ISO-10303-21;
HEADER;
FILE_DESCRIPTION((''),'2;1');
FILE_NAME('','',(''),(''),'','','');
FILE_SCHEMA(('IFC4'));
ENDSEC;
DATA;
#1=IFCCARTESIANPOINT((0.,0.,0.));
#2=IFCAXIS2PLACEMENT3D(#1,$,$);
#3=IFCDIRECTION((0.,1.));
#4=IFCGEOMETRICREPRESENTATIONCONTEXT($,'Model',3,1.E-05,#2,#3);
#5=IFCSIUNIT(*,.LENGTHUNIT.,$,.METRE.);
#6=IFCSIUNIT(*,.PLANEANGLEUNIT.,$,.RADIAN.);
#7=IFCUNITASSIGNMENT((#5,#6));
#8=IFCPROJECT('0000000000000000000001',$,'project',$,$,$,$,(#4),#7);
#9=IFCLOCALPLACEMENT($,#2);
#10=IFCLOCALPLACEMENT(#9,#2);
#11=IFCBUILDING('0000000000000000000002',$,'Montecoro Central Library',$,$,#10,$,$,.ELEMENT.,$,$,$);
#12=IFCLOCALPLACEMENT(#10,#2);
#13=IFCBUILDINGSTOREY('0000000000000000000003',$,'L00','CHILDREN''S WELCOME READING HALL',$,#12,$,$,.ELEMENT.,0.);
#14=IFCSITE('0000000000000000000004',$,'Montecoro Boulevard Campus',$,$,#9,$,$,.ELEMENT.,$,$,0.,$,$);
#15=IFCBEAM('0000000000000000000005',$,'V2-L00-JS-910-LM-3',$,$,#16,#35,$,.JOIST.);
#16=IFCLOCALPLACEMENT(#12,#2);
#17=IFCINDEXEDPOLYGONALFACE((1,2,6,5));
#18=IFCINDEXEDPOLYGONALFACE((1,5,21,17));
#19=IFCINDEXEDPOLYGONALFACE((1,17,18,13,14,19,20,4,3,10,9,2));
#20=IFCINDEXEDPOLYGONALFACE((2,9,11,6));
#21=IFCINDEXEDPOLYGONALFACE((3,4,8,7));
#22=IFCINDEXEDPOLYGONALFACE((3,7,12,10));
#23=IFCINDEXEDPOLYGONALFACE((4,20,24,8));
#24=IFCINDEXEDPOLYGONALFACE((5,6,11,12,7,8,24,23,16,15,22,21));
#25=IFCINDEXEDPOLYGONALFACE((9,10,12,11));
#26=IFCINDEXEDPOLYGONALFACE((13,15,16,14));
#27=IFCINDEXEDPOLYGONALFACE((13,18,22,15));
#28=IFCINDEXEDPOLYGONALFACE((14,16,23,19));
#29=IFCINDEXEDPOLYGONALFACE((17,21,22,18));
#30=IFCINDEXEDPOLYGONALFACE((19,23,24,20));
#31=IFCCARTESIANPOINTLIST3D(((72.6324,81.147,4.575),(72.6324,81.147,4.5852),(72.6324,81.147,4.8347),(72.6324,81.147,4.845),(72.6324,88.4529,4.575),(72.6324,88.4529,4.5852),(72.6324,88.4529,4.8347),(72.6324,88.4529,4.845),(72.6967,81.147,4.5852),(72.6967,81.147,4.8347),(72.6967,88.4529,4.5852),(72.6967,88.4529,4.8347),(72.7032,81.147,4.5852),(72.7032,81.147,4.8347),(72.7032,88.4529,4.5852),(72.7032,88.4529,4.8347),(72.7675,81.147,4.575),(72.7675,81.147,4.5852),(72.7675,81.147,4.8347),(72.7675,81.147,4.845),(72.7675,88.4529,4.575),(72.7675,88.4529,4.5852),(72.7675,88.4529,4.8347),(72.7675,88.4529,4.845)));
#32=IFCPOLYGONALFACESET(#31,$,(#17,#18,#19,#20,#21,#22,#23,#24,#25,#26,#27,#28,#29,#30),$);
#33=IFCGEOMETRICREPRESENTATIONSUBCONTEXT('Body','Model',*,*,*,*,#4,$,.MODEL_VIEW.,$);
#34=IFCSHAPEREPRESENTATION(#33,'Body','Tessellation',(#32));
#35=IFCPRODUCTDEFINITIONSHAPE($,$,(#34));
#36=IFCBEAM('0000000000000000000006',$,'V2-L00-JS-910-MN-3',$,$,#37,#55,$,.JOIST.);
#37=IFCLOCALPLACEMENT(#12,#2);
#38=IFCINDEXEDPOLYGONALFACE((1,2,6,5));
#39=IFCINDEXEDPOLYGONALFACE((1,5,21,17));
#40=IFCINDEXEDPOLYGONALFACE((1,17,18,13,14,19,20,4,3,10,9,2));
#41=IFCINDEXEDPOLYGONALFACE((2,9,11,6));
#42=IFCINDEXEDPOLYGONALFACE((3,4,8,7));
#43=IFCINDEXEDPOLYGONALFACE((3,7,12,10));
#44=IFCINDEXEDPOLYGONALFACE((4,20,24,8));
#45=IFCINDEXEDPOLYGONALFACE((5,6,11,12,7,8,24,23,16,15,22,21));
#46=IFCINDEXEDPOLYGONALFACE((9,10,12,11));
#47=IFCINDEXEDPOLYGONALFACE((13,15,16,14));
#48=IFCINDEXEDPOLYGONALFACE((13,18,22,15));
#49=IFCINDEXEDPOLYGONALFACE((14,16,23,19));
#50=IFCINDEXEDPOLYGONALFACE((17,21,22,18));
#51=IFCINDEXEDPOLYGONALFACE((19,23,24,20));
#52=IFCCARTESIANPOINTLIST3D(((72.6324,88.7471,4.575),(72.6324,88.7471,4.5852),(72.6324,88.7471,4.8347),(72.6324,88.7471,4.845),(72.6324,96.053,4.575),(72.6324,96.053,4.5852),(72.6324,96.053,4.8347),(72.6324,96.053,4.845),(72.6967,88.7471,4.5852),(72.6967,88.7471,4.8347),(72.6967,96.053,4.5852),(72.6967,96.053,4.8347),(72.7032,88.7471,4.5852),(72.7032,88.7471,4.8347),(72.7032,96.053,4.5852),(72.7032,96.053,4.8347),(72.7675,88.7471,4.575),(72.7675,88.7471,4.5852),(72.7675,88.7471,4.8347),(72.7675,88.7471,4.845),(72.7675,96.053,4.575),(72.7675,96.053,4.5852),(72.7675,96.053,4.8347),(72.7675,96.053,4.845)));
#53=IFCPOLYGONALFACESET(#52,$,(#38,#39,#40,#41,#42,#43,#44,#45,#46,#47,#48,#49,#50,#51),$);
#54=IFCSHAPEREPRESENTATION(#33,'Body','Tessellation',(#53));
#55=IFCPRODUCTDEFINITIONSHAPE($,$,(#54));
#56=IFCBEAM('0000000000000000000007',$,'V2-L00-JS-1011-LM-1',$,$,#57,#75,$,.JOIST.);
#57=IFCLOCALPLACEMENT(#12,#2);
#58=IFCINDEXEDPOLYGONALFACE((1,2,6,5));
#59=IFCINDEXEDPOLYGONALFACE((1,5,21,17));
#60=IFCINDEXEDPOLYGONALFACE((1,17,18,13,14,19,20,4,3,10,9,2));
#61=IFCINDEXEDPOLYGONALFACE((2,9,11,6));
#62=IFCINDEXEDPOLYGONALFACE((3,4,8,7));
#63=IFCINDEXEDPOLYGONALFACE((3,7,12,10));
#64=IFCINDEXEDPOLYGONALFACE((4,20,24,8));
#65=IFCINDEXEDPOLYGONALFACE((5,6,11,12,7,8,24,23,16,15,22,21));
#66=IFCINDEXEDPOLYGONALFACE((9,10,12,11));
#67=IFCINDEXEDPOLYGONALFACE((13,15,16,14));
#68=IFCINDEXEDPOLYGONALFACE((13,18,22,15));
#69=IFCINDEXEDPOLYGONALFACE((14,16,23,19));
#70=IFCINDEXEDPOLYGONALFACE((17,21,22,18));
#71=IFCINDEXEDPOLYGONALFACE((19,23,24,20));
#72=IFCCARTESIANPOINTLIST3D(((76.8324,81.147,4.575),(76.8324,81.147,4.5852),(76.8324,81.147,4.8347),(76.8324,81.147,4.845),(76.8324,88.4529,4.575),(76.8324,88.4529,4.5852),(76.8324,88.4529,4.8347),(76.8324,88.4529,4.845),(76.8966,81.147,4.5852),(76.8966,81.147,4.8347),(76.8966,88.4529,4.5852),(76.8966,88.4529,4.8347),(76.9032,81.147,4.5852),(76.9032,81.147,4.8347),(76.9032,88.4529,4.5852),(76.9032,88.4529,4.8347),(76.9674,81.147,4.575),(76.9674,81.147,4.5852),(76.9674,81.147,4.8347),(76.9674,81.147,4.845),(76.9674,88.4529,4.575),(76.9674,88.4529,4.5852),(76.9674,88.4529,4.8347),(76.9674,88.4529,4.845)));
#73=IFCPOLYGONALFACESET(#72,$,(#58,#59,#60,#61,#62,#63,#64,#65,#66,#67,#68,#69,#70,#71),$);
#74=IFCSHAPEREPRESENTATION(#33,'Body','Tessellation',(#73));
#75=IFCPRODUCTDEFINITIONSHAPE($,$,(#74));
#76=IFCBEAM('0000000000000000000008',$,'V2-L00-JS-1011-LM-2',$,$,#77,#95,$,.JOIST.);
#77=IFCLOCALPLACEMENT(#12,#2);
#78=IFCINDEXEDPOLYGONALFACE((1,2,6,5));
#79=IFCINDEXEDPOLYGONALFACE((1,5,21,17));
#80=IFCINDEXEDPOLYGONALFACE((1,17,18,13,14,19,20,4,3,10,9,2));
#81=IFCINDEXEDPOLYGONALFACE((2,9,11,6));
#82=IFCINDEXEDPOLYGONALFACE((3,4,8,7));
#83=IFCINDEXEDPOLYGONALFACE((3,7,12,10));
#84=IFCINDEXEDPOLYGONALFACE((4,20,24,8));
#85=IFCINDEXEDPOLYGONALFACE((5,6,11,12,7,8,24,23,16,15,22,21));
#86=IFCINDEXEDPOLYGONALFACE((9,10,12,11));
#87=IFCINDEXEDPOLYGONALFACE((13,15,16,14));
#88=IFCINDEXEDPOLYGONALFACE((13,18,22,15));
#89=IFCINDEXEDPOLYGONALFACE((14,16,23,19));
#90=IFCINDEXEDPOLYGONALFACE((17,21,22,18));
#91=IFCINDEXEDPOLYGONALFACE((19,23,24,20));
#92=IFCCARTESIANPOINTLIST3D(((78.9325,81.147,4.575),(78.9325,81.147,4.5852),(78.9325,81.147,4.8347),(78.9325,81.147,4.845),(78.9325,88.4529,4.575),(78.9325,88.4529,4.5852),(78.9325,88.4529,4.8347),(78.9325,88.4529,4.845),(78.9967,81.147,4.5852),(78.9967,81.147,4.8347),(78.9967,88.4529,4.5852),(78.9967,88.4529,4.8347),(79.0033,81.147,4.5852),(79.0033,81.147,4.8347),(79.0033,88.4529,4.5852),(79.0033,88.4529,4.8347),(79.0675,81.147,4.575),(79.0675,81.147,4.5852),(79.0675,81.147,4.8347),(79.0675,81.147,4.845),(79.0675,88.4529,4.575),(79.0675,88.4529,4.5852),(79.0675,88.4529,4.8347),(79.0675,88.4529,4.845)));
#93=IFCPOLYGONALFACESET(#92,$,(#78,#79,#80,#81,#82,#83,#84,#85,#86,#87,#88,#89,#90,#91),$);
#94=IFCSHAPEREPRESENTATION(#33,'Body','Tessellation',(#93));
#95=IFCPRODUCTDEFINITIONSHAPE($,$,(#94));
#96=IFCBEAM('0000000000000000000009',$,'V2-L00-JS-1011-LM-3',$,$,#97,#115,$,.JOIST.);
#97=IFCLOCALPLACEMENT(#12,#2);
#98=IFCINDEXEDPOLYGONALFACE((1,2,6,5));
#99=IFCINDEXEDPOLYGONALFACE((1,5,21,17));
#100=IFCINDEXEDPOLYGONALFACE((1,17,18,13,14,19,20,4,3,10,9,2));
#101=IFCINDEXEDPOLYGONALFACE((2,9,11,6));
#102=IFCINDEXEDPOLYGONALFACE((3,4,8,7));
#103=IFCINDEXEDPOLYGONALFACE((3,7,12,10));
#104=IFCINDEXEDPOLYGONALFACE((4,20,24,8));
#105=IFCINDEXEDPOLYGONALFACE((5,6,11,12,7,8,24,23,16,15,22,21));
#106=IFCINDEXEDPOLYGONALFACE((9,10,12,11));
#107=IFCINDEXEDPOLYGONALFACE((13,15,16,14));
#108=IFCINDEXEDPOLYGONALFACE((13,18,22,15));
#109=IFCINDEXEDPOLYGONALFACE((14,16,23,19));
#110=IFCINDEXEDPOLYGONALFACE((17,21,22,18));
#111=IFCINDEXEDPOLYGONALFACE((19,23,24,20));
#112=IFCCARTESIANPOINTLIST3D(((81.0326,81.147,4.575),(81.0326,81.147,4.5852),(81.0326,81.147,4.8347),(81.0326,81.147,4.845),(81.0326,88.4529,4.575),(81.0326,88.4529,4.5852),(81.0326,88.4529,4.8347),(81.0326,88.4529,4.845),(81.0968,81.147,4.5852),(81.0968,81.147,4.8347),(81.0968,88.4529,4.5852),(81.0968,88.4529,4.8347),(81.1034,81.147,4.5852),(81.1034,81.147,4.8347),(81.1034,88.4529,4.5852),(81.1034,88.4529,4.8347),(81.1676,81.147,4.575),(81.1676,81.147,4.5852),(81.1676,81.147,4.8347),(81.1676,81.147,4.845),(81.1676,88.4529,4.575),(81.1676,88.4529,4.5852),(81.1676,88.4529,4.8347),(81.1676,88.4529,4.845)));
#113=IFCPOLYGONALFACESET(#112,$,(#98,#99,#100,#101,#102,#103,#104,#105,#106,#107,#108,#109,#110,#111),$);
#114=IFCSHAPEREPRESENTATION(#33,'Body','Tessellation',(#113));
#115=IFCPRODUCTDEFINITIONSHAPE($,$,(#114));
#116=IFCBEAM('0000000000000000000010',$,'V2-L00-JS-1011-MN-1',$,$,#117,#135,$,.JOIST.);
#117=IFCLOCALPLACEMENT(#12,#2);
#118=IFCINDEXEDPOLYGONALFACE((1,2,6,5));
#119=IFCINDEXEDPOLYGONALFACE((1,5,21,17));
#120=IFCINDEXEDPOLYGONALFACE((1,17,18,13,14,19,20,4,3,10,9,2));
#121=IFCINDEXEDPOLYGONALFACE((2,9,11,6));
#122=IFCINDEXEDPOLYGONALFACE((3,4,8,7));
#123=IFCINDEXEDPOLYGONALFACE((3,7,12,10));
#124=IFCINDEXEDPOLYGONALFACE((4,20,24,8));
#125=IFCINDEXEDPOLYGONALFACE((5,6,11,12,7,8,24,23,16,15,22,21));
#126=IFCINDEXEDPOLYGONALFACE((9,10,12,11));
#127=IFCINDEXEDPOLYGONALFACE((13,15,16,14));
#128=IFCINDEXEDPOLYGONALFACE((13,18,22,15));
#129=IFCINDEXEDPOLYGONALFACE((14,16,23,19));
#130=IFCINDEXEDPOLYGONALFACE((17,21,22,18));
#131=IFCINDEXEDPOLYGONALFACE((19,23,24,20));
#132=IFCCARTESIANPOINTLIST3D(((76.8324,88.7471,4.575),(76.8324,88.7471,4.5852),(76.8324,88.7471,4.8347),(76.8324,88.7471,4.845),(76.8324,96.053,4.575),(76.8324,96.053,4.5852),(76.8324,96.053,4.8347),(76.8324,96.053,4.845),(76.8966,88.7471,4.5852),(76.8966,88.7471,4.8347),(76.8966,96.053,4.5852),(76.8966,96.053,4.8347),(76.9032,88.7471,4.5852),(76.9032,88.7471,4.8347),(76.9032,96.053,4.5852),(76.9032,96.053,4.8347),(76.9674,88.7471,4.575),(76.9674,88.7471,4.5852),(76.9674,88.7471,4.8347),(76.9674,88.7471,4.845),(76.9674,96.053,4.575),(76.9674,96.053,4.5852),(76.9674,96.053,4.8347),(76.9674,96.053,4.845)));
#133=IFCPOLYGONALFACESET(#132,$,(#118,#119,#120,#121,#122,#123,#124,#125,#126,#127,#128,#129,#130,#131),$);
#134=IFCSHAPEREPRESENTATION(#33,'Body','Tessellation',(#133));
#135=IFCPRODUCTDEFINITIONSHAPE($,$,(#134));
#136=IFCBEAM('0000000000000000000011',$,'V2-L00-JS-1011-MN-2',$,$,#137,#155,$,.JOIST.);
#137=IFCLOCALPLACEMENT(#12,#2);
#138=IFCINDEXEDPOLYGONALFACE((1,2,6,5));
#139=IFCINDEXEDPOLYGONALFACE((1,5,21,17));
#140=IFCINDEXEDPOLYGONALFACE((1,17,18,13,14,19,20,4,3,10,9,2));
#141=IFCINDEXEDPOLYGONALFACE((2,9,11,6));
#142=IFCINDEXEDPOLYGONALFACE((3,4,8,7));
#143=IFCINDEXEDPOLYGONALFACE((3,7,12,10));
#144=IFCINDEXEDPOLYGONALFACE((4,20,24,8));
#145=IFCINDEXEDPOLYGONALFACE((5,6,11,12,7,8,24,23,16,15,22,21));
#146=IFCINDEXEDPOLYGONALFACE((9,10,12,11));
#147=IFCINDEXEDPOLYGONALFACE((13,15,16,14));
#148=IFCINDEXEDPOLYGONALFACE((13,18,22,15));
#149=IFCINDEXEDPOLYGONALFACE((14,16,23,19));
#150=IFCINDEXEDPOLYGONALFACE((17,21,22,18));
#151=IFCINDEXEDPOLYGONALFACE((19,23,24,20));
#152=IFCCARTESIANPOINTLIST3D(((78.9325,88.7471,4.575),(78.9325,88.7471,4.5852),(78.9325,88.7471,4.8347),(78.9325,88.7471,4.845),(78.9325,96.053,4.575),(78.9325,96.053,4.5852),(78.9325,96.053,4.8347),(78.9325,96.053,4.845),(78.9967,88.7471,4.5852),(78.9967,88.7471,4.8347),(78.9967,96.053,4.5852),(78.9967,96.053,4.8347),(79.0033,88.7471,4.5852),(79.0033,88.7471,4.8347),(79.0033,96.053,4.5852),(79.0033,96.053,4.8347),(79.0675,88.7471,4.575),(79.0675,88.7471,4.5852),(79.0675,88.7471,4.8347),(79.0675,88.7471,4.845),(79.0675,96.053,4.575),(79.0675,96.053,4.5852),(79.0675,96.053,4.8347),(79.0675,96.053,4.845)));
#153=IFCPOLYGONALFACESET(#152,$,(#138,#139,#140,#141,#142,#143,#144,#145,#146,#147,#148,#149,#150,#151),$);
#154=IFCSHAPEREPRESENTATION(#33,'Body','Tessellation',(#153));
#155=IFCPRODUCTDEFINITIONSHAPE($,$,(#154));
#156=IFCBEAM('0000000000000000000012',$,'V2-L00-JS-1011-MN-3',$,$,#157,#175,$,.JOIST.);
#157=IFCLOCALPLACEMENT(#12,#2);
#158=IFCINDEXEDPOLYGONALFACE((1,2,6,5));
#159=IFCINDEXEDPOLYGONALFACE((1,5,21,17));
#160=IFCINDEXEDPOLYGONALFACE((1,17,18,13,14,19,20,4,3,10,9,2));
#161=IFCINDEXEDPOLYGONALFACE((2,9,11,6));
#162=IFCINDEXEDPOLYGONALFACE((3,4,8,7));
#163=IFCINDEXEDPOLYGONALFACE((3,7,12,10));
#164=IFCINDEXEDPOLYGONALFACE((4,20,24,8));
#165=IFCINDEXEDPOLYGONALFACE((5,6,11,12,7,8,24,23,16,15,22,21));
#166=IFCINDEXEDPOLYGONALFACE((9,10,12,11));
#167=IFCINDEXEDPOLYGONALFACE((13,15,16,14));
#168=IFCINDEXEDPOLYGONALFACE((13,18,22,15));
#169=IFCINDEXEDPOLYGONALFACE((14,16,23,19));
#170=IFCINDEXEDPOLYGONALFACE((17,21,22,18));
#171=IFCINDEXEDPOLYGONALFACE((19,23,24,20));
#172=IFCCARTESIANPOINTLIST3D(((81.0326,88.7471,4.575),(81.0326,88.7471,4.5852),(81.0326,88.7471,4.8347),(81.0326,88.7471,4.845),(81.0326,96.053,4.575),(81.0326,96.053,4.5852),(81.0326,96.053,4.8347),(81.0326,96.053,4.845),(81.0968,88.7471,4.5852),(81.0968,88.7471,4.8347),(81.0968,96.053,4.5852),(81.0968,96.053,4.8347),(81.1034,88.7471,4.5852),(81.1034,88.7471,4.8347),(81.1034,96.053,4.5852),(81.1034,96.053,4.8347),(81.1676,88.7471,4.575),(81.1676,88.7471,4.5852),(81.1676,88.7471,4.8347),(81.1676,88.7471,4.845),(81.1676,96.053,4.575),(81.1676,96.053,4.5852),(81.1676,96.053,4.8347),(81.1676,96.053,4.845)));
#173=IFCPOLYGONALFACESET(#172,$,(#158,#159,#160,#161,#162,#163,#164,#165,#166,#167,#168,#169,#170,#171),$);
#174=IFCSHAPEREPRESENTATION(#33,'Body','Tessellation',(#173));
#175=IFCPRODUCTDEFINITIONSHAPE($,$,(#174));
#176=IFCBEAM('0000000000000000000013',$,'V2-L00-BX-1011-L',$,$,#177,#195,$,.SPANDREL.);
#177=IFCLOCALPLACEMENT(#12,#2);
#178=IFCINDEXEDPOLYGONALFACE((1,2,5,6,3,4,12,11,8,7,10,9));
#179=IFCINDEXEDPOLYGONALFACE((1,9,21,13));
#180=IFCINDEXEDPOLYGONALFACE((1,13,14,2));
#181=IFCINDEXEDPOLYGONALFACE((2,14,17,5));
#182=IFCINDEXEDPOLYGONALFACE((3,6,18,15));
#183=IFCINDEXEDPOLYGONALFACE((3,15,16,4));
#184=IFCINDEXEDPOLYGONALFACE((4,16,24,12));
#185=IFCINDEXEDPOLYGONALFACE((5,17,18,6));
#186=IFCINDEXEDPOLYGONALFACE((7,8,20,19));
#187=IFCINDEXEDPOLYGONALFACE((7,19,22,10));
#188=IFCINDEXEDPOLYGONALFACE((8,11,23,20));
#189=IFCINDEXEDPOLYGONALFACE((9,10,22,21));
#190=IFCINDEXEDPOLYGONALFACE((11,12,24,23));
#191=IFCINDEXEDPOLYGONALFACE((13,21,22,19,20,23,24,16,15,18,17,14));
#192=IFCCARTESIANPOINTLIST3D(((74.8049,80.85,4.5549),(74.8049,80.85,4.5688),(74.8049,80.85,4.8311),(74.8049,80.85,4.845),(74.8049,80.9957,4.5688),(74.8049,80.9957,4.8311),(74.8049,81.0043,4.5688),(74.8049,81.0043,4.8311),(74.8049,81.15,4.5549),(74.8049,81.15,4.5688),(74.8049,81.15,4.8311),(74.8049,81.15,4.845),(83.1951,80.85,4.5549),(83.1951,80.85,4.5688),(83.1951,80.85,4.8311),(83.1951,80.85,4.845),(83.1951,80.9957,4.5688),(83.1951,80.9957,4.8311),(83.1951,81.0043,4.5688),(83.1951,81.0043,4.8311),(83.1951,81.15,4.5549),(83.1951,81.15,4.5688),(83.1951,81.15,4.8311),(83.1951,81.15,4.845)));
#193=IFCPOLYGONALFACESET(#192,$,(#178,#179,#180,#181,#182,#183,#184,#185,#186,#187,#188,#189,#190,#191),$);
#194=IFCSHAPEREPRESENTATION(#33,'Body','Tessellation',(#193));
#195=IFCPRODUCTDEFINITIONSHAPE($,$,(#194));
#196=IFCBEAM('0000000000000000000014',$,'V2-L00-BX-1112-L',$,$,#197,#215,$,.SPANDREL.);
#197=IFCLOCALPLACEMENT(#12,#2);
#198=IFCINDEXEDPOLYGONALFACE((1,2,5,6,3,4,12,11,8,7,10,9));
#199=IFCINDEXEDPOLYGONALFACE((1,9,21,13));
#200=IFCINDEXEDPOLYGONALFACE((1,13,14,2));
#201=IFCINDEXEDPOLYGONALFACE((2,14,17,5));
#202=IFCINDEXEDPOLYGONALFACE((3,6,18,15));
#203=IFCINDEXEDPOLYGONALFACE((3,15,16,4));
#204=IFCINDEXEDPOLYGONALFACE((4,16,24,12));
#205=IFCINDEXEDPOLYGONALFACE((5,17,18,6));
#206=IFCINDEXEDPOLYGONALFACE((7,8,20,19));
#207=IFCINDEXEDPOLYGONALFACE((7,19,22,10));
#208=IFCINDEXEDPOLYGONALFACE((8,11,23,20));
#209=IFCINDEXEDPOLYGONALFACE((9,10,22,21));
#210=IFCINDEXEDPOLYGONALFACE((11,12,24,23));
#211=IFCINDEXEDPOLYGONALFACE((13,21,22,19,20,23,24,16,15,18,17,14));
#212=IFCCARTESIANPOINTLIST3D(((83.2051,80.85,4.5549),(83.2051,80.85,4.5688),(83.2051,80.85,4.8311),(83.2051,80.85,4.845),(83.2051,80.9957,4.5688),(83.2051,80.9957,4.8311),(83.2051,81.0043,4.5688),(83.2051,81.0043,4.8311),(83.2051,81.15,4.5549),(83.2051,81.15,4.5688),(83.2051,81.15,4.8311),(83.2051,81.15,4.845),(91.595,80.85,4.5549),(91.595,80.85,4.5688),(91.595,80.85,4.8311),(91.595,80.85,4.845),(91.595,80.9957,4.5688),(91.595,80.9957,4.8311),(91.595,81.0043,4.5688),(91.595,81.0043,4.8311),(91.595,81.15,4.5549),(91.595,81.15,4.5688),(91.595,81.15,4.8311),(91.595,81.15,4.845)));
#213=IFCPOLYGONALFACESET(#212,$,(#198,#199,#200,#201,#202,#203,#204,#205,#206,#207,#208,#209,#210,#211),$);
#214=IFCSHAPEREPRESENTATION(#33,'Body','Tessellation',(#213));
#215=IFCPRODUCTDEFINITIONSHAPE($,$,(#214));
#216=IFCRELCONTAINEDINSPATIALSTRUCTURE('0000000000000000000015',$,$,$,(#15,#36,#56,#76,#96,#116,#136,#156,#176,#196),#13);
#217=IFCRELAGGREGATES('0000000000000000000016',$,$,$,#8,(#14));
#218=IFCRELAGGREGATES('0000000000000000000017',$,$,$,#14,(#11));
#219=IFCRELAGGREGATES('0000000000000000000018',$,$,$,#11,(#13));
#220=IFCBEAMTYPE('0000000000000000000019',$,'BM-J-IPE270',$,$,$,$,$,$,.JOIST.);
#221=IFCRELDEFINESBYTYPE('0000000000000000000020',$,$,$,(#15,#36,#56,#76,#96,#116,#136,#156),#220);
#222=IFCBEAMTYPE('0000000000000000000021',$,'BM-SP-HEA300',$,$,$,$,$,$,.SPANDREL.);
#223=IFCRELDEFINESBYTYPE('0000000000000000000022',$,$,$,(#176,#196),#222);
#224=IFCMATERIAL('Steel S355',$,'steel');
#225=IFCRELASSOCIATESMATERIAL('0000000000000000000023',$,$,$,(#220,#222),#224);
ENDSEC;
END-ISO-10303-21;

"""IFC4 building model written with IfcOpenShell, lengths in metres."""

from ifc_helpers import new_model, si_unit, direction, frame, origin, origin_2d, place, context, subcontext, project, spatial, i_section, extrude, material, material_profile, profile_set, type_object, element, save


model = new_model("IFC4")

# Units and contexts
model_context = context("Model", 3, precision=1e-05, world=origin(), true_north=direction((0.0, 1.0)))
body_context = subcontext(model_context, "Body", "Model", "MODEL_VIEW")
ifc_project = project(units=[si_unit("LENGTHUNIT", "METRE"), si_unit("PLANEANGLEUNIT", "RADIAN")], contexts=[model_context])

# Site, building, storey
site_placement = place(None, origin())
site = spatial("IfcSite", under=ifc_project, at=site_placement, Name="Montecoro Boulevard Campus", CompositionType="ELEMENT", RefElevation=0.0)
building_placement = place(site_placement, origin())
building = spatial("IfcBuilding", under=site, at=building_placement, Name="Montecoro Central Library", CompositionType="ELEMENT")
storey_placement = place(building_placement, origin())
storey = spatial("IfcBuildingStorey", under=building, at=storey_placement, Name="L00", Description="CHILDREN'S WELCOME READING HALL", CompositionType="ELEMENT", Elevation=0.0)

# Beams
ifc_material_1 = material(Name="Steel S355", Category="steel")
ifc_material_profile_1 = material_profile(ifc_material_1, i_section(OverallWidth=0.135, OverallDepth=0.27, WebThickness=0.0066, FlangeThickness=0.0103, at=origin_2d()), Name="IPE 270")
ifc_profile_set_1 = profile_set([ifc_material_profile_1], Name="Steel S355")
beam_type_1 = type_object("IfcBeamType", Name="BM-J-IPE270", PredefinedType="JOIST", material=ifc_profile_set_1)
for number, where, z_axis, x_axis, name in (
    (1, (72.7, 81.147, 4.71), (0.0, 1.0, 0.0), (-1.0, 0.0, 0.0), "V2-L00-JS-910-LM-3"),
    (2, (72.7, 88.7471, 4.71), (0.0, 1.0, 0.0), (-1.0, 0.0, 0.0), "V2-L00-JS-910-MN-3"),
    (3, (76.8999, 81.147, 4.71), (0.0, 1.0, 0.0), (-1.0, 0.0, 0.0), "V2-L00-JS-1011-LM-1"),
    (4, (79.0, 81.147, 4.71), (0.0, 1.0, 0.0), (-1.0, 0.0, 0.0), "V2-L00-JS-1011-LM-2"),
    (5, (81.1001, 81.147, 4.71), (0.0, 1.0, 0.0), (-1.0, 0.0, 0.0), "V2-L00-JS-1011-LM-3"),
    (6, (76.8999, 88.7471, 4.71), (0.0, 1.0, 0.0), (-1.0, 0.0, 0.0), "V2-L00-JS-1011-MN-1"),
    (7, (79.0, 88.7471, 4.71), (0.0, 1.0, 0.0), (-1.0, 0.0, 0.0), "V2-L00-JS-1011-MN-2"),
    (8, (81.1001, 88.7471, 4.71), (0.0, 1.0, 0.0), (-1.0, 0.0, 0.0), "V2-L00-JS-1011-MN-3"),
):
    element("IfcBeam", number, at=place(storey_placement, frame(where, z_axis=z_axis, x_axis=x_axis)), inside=storey, type_object=beam_type_1, Name=name, PredefinedType="JOIST", context=body_context, shape_type="SweptSolid", body=[
        extrude(i_section(OverallWidth=0.135, OverallDepth=0.27, WebThickness=0.0066, FlangeThickness=0.0103, at=origin_2d()), origin(), (0.0, 0.0, 1.0), 7.3059),
    ])
ifc_material_profile_2 = material_profile(ifc_material_1, i_section(OverallWidth=0.3, OverallDepth=0.29, WebThickness=0.0085, FlangeThickness=0.0139, at=origin_2d()), Name="HEA 300")
ifc_profile_set_2 = profile_set([ifc_material_profile_2], Name="Steel S355")
beam_type_2 = type_object("IfcBeamType", Name="BM-SP-HEA300", PredefinedType="SPANDREL", material=ifc_profile_set_2)
beam_1_placement = place(storey_placement, frame((74.8049, 81.0, 4.7), z_axis=(1.0, 0.0, 0.0), x_axis=(0.0, 1.0, 0.0)))
element("IfcBeam", 9, at=beam_1_placement, inside=storey, type_object=beam_type_2, Name="V2-L00-BX-1011-L", PredefinedType="SPANDREL", context=body_context, shape_type="SweptSolid", body=[
    extrude(i_section(OverallWidth=0.3, OverallDepth=0.29, WebThickness=0.0085, FlangeThickness=0.0139, at=origin_2d()), origin(), (0.0, 0.0, 1.0), 8.3901),
])
beam_2_placement = place(storey_placement, frame((83.2051, 81.0, 4.7), z_axis=(1.0, 0.0, 0.0), x_axis=(0.0, 1.0, 0.0)))
element("IfcBeam", 10, at=beam_2_placement, inside=storey, type_object=beam_type_2, Name="V2-L00-BX-1112-L", PredefinedType="SPANDREL", context=body_context, shape_type="SweptSolid", body=[
    extrude(i_section(OverallWidth=0.3, OverallDepth=0.29, WebThickness=0.0085, FlangeThickness=0.0139, at=origin_2d()), origin(), (0.0, 0.0, 1.0), 8.3899),
])

save(model, "model.ifc")
